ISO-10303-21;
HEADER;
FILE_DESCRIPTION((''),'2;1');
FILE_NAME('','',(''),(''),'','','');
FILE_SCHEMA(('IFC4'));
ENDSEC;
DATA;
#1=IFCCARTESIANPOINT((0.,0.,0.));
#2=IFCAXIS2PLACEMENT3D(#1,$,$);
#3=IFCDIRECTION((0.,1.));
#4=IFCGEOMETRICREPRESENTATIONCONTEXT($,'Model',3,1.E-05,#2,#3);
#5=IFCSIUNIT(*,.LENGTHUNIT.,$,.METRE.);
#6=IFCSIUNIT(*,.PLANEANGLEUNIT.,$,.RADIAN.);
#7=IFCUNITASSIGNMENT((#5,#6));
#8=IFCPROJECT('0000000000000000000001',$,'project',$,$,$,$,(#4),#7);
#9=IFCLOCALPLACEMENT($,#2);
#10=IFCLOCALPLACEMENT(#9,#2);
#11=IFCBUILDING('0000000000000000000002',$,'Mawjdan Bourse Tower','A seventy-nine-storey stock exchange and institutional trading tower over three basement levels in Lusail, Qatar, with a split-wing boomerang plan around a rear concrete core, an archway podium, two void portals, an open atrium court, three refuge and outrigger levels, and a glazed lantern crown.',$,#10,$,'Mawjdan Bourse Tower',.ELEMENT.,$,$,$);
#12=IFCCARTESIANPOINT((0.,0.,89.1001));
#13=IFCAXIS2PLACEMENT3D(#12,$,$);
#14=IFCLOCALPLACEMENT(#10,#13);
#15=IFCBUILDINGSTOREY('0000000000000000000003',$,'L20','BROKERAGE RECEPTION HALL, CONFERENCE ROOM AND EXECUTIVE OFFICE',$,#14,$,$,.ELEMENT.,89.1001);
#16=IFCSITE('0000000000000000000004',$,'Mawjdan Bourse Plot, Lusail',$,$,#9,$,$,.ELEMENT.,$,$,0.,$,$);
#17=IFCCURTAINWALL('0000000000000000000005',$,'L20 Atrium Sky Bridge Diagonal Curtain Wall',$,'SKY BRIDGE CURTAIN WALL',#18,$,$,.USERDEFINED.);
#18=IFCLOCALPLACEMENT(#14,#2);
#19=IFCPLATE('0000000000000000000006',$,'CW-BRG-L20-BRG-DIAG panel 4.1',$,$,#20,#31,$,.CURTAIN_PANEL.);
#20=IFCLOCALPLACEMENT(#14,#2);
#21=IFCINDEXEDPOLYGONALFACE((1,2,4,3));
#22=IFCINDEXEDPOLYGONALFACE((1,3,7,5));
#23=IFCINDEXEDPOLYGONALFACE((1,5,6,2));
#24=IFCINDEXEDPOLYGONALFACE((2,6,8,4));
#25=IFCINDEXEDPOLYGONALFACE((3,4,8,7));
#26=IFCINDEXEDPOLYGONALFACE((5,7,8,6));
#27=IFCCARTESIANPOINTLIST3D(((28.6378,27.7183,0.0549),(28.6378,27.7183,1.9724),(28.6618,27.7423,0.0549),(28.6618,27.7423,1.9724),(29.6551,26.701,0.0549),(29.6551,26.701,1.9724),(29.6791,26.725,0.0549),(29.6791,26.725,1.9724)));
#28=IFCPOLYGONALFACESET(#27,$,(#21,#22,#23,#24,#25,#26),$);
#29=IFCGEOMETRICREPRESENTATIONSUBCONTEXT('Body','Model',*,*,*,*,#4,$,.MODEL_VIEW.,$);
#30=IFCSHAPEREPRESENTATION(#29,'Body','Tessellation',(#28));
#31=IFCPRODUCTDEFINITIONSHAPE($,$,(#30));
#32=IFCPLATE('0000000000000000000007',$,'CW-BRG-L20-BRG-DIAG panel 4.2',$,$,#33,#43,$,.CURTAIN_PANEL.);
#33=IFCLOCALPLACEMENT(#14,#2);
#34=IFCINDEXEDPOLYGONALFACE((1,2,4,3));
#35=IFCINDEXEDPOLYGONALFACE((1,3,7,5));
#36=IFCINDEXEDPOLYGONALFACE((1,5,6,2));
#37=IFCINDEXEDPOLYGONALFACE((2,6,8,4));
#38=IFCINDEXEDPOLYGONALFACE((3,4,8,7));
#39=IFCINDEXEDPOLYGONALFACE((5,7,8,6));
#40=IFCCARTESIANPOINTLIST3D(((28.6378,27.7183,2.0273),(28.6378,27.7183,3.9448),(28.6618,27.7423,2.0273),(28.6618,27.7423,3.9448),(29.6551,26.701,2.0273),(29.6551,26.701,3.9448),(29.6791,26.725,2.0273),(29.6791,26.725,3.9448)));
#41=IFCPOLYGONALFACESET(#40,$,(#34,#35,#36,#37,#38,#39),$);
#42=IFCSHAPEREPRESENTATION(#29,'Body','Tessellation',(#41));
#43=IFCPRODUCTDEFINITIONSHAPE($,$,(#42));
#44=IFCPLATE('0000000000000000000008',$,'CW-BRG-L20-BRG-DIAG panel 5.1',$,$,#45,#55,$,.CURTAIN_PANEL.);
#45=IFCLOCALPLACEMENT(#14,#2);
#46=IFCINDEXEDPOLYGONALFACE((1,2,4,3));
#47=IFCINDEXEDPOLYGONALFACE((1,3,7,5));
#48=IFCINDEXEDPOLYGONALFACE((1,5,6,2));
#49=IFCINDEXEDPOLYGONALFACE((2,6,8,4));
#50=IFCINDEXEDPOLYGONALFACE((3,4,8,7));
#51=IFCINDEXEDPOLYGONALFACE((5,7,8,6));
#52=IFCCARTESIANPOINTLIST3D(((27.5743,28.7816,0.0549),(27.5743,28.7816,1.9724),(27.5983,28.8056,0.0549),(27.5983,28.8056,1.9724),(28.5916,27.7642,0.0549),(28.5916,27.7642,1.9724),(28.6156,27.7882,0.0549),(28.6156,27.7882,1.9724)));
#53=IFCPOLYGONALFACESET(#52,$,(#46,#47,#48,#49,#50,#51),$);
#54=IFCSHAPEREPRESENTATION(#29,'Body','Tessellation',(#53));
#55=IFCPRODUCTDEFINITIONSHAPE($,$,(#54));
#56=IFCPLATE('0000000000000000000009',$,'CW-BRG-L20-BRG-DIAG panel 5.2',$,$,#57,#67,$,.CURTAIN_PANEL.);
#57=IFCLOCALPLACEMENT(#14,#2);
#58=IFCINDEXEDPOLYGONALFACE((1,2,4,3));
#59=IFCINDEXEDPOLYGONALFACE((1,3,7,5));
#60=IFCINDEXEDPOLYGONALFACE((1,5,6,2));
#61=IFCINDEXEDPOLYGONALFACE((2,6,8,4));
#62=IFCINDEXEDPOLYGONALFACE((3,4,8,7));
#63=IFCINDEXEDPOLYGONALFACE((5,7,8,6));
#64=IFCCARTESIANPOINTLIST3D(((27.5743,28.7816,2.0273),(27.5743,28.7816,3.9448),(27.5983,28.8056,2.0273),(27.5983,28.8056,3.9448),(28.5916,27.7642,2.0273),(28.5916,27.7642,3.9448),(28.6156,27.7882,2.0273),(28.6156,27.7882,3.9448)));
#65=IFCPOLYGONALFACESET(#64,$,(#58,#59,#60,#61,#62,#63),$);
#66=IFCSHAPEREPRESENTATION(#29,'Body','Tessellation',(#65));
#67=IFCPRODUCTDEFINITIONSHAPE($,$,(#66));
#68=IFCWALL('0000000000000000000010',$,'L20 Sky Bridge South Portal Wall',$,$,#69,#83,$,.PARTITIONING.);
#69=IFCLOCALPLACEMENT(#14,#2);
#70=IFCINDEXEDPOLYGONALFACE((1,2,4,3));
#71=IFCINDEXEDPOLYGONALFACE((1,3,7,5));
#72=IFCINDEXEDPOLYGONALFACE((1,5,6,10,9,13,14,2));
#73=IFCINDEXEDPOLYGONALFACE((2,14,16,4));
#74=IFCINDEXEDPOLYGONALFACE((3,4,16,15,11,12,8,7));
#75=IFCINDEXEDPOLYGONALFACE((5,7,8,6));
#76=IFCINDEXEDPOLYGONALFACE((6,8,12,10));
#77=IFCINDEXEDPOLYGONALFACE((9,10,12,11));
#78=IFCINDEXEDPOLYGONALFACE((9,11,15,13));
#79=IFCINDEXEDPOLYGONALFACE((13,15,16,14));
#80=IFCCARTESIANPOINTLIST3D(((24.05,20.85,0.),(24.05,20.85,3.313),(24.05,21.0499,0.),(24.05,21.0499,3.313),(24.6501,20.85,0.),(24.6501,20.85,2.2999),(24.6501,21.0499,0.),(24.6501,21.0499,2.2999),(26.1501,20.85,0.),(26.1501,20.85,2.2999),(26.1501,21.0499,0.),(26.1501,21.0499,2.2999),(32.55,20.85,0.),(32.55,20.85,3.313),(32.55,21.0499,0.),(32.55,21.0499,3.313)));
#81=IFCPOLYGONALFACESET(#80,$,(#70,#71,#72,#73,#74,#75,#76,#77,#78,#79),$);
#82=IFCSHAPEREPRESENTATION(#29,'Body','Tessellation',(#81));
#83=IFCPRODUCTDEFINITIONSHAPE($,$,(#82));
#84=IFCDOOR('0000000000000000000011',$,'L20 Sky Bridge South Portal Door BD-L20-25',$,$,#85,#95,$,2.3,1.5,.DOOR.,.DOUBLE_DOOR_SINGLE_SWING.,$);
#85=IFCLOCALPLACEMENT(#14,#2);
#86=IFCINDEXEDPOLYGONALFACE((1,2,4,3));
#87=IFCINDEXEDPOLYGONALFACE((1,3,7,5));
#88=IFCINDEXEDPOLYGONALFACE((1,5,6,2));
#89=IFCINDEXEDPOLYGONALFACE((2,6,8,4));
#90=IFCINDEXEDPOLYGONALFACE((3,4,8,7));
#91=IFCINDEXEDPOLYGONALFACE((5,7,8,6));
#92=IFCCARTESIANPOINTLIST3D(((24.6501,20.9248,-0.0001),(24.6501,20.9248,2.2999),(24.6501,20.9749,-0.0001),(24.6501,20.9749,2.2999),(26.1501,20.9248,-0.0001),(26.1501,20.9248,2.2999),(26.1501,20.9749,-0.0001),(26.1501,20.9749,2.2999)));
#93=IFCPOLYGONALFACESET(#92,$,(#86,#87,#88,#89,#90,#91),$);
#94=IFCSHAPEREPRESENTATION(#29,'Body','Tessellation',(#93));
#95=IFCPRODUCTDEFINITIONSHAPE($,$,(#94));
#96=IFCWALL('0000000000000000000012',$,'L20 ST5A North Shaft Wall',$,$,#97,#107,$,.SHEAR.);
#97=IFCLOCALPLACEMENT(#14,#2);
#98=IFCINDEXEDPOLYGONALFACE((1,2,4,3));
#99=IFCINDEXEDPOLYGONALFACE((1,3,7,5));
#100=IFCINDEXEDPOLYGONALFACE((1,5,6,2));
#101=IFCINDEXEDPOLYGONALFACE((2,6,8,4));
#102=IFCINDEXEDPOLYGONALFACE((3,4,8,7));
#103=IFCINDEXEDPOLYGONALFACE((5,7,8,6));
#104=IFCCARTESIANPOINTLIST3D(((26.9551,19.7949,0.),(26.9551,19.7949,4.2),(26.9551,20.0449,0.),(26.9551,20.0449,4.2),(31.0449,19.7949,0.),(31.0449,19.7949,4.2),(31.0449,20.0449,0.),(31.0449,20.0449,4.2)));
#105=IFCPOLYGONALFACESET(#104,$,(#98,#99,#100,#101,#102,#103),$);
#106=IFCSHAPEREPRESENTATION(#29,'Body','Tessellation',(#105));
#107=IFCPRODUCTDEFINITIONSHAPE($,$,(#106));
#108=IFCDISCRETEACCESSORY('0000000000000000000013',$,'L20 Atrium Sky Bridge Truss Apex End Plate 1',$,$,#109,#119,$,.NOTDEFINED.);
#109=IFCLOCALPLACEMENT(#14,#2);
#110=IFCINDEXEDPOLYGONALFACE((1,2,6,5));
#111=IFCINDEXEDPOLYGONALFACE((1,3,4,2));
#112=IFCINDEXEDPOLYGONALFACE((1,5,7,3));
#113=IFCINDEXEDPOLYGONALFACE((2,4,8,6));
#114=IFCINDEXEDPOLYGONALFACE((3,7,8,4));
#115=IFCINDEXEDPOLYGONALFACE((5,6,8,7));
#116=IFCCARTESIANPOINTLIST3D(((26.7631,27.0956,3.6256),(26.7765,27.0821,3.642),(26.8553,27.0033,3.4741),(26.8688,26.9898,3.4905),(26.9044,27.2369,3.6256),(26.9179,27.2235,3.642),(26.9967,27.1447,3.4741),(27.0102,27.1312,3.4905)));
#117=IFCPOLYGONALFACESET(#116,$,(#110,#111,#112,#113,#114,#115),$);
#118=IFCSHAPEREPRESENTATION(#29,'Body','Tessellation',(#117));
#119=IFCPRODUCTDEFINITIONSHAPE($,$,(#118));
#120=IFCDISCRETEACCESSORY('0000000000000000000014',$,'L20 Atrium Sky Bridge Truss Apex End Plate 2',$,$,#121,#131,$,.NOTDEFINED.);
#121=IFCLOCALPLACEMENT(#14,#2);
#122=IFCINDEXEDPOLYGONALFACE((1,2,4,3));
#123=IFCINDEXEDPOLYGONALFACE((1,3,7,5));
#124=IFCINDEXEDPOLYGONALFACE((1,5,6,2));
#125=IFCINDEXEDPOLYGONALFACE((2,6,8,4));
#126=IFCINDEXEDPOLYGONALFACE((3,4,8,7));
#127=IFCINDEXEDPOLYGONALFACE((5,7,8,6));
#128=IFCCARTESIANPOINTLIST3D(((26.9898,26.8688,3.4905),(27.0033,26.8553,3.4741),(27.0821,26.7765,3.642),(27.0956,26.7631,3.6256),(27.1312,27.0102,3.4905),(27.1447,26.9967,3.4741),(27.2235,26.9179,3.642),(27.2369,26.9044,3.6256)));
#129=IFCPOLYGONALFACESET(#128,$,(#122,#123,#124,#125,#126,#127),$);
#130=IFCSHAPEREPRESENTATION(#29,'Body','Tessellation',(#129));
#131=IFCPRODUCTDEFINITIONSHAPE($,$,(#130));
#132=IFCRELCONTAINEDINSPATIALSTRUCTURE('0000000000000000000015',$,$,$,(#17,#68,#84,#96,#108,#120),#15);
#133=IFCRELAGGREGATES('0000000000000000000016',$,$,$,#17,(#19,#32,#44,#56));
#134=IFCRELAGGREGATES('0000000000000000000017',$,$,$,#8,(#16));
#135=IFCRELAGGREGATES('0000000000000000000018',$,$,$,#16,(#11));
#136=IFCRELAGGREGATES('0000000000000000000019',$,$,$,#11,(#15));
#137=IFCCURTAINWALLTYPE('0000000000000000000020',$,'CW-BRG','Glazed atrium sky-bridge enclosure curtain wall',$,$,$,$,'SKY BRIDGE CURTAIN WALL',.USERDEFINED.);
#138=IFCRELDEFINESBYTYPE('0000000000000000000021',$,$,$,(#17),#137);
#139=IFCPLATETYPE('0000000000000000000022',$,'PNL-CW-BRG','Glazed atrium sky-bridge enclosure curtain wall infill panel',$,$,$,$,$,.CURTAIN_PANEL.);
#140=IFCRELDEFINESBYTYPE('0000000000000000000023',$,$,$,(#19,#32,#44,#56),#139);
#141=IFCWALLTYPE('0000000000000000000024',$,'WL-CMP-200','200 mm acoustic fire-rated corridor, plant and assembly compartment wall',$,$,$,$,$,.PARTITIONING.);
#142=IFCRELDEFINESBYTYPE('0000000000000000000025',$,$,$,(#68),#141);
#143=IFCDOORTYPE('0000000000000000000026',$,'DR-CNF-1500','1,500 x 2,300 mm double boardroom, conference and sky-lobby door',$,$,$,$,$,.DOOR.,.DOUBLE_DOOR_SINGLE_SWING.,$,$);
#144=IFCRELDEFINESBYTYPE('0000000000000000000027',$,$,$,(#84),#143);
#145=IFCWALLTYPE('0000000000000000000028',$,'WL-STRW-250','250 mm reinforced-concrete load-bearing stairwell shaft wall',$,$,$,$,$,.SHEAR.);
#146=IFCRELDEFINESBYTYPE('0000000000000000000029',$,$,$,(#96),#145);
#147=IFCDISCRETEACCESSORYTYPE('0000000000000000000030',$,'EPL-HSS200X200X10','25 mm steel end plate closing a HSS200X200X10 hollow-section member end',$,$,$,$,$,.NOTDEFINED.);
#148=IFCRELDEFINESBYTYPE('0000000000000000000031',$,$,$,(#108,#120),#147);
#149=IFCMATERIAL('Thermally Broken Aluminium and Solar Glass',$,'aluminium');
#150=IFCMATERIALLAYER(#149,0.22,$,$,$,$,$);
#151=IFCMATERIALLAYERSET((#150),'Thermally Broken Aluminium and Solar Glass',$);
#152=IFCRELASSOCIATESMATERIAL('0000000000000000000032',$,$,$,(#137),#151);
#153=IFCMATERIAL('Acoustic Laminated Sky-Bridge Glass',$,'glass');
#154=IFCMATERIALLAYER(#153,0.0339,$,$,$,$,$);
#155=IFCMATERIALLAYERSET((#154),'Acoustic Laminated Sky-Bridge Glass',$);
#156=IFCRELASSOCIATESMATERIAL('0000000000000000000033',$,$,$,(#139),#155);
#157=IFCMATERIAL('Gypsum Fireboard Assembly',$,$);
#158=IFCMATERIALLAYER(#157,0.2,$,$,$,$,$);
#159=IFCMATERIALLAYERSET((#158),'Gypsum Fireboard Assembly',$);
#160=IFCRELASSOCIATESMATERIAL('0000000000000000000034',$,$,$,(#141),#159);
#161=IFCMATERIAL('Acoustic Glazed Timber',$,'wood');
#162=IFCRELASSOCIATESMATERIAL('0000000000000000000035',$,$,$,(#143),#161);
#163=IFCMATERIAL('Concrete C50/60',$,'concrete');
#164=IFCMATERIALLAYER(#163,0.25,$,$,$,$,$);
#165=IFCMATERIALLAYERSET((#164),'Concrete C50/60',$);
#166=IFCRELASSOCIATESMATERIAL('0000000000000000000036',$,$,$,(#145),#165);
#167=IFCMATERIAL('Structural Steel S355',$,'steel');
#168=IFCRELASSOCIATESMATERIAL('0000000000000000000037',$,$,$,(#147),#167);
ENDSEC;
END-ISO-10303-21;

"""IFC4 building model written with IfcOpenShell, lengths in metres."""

from ifc_helpers import new_model, si_unit, direction, frame, frame_2d, origin, origin_2d, place, context, subcontext, project, spatial, rectangle, extrude, material, layer, layer_set, material_profile, profile_set, type_object, element, fill, aggregate, save


model = new_model("IFC4")

# Units and contexts
model_context = context("Model", 3, precision=1e-05, world=origin(), true_north=direction((0.0, 1.0)))
body_context = subcontext(model_context, "Body", "Model", "MODEL_VIEW")
ifc_project = project(units=[si_unit("LENGTHUNIT", "METRE"), si_unit("PLANEANGLEUNIT", "RADIAN")], contexts=[model_context])

# Site, building, storey
site_placement = place(None, origin())
site = spatial("IfcSite", under=ifc_project, at=site_placement, Name="Mawjdan Bourse Plot, Lusail", CompositionType="ELEMENT", RefElevation=0.0)
building_placement = place(site_placement, origin())
building = spatial("IfcBuilding", under=site, at=building_placement, Name="Mawjdan Bourse Tower", Description="A seventy-nine-storey stock exchange and institutional trading tower over three basement levels in Lusail, Qatar, with a split-wing boomerang plan around a rear concrete core, an archway podium, two void portals, an open atrium court, three refuge and outrigger levels, and a glazed lantern crown.", LongName="Mawjdan Bourse Tower", CompositionType="ELEMENT")
storey_placement = place(building_placement, frame((0.0, 0.0, 89.1001)))
storey = spatial("IfcBuildingStorey", under=building, at=storey_placement, Name="L20", Description="BROKERAGE RECEPTION HALL, CONFERENCE ROOM AND EXECUTIVE OFFICE", CompositionType="ELEMENT", Elevation=89.1001)

# Shared definitions
ifc_material_1 = material(Name="Structural Steel S355", Category="steel")

# Curtain wall
ifc_material_2 = material(Name="Thermally Broken Aluminium and Solar Glass", Category="aluminium")
ifc_layer_1 = layer(ifc_material_2, 0.22)
ifc_layer_set_1 = layer_set([ifc_layer_1], Name="Thermally Broken Aluminium and Solar Glass")
curtain_wall_type = type_object("IfcCurtainWallType", Name="CW-BRG", Description="Glazed atrium sky-bridge enclosure curtain wall", ElementType="SKY BRIDGE CURTAIN WALL", PredefinedType="USERDEFINED", material=ifc_layer_set_1)
curtain_wall_placement = place(storey_placement, origin())
curtain_wall = element("IfcCurtainWall", 1, at=curtain_wall_placement, inside=storey, type_object=curtain_wall_type, Name="L20 Atrium Sky Bridge Diagonal Curtain Wall", ObjectType="SKY BRIDGE CURTAIN WALL", PredefinedType="USERDEFINED")

# Plates
ifc_material_3 = material(Name="Acoustic Laminated Sky-Bridge Glass", Category="glass")
ifc_layer_2 = layer(ifc_material_3, 0.0339)
ifc_layer_set_2 = layer_set([ifc_layer_2], Name="Acoustic Laminated Sky-Bridge Glass")
plate_type = type_object("IfcPlateType", Name="PNL-CW-BRG", Description="Glazed atrium sky-bridge enclosure curtain wall infill panel", PredefinedType="CURTAIN_PANEL", material=ifc_layer_set_2)
plate_1_placement = place(storey_placement, frame((29.1584, 27.2217, 0.0549), z_axis=(0.0, 0.0, 1.0), x_axis=(-0.707107, 0.707107, 0.0)))
plate_1 = element("IfcPlate", 2, at=plate_1_placement, type_object=plate_type, Name="CW-BRG-L20-BRG-DIAG panel 4.1", PredefinedType="CURTAIN_PANEL", context=body_context, shape_type="SweptSolid", body=[
    extrude(rectangle(XDim=1.4387, YDim=0.0339, at=origin_2d()), origin(), (0.0, 0.0, 1.0), 1.9175),
])
plate_2_placement = place(storey_placement, frame((29.1584, 27.2217, 2.0273), z_axis=(0.0, 0.0, 1.0), x_axis=(-0.707107, 0.707107, 0.0)))
plate_2 = element("IfcPlate", 3, at=plate_2_placement, type_object=plate_type, Name="CW-BRG-L20-BRG-DIAG panel 4.2", PredefinedType="CURTAIN_PANEL", context=body_context, shape_type="SweptSolid", body=[
    extrude(rectangle(XDim=1.4387, YDim=0.0339, at=origin_2d()), origin(), (0.0, 0.0, 1.0), 1.9175),
])
plate_3_placement = place(storey_placement, frame((28.095, 28.2849, 0.0549), z_axis=(0.0, 0.0, 1.0), x_axis=(-0.707107, 0.707107, 0.0)))
plate_3 = element("IfcPlate", 4, at=plate_3_placement, type_object=plate_type, Name="CW-BRG-L20-BRG-DIAG panel 5.1", PredefinedType="CURTAIN_PANEL", context=body_context, shape_type="SweptSolid", body=[
    extrude(rectangle(XDim=1.4387, YDim=0.0339, at=origin_2d()), origin(), (0.0, 0.0, 1.0), 1.9175),
])
plate_4_placement = place(storey_placement, frame((28.095, 28.2849, 2.0273), z_axis=(0.0, 0.0, 1.0), x_axis=(-0.707107, 0.707107, 0.0)))
plate_4 = element("IfcPlate", 5, at=plate_4_placement, type_object=plate_type, Name="CW-BRG-L20-BRG-DIAG panel 5.2", PredefinedType="CURTAIN_PANEL", context=body_context, shape_type="SweptSolid", body=[
    extrude(rectangle(XDim=1.4387, YDim=0.0339, at=origin_2d()), origin(), (0.0, 0.0, 1.0), 1.9175),
])
aggregate(curtain_wall, [plate_1, plate_2, plate_3, plate_4])

# Wall, opening, door
ifc_material_4 = material(Name="Gypsum Fireboard Assembly")
ifc_layer_3 = layer(ifc_material_4, 0.2)
ifc_layer_set_3 = layer_set([ifc_layer_3], Name="Gypsum Fireboard Assembly")
wall_type_1 = type_object("IfcWallType", Name="WL-CMP-200", Description="200 mm acoustic fire-rated corridor, plant and assembly compartment wall", PredefinedType="PARTITIONING", material=ifc_layer_set_3)
wall_1_placement = place(storey_placement, frame((24.05, 20.95, 0.0), z_axis=(0.0, 0.0, 1.0), x_axis=(1.0, 0.0, 0.0)))
wall_1 = element("IfcWall", 6, at=wall_1_placement, inside=storey, type_object=wall_type_1, Name="L20 Sky Bridge South Portal Wall", PredefinedType="PARTITIONING", context=body_context, shape_type="SweptSolid", body=[
    extrude(rectangle(XDim=8.5, YDim=0.2, at=frame_2d((4.25, 0.0))), origin(), (0.0, 0.0, 1.0), 3.313),
])
opening_placement = place(wall_1_placement, frame((0.6001, 0.0, 0.0)))
opening = element("IfcOpeningElement", 7, at=opening_placement, cuts=wall_1, PredefinedType="OPENING", context=body_context, shape_type="SweptSolid", body=[
    extrude(rectangle(XDim=1.5, YDim=2.3, at=frame_2d((0.75, 1.1499))), frame((0.0, 0.1099, 0.0), z_axis=(0.0, -1.0, 0.0), x_axis=(1.0, 0.0, 0.0)), (0.0, 0.0, 1.0), 0.22),
])
ifc_material_5 = material(Name="Acoustic Glazed Timber", Category="wood")
door_type = type_object("IfcDoorType", Name="DR-CNF-1500", Description="1,500 x 2,300 mm double boardroom, conference and sky-lobby door", OperationType="DOUBLE_DOOR_SINGLE_SWING", PredefinedType="DOOR", material=ifc_material_5)
door_placement = place(opening_placement, origin())
door = element("IfcDoor", 8, at=door_placement, inside=storey, type_object=door_type, Name="L20 Sky Bridge South Portal Door BD-L20-25", OperationType="DOUBLE_DOOR_SINGLE_SWING", OverallHeight=2.3, OverallWidth=1.5, PredefinedType="DOOR", context=body_context, shape_type="SweptSolid", body=[
    extrude(rectangle(XDim=1.5, YDim=2.3, at=frame_2d((0.75, 1.1499))), frame((0.0, 0.0249, 0.0), z_axis=(0.0, -1.0, 0.0), x_axis=(1.0, 0.0, 0.0)), (0.0, 0.0, 1.0), 0.05),
])
fill(opening, door)

# Wall
ifc_material_6 = material(Name="Concrete C50/60", Category="concrete")
ifc_layer_4 = layer(ifc_material_6, 0.25)
ifc_layer_set_4 = layer_set([ifc_layer_4], Name="Concrete C50/60")
wall_type_2 = type_object("IfcWallType", Name="WL-STRW-250", Description="250 mm reinforced-concrete load-bearing stairwell shaft wall", PredefinedType="SHEAR", material=ifc_layer_set_4)
wall_2_placement = place(storey_placement, frame((26.9551, 19.9199, 0.0), z_axis=(0.0, 0.0, 1.0), x_axis=(1.0, 0.0, 0.0)))
element("IfcWall", 9, at=wall_2_placement, inside=storey, type_object=wall_type_2, Name="L20 ST5A North Shaft Wall", PredefinedType="SHEAR", context=body_context, shape_type="SweptSolid", body=[
    extrude(rectangle(XDim=4.0898, YDim=0.25, at=frame_2d((2.0449, 0.0))), origin(), (0.0, 0.0, 1.0), 4.2),
])

# Discrete accessories
ifc_material_profile_1 = material_profile(ifc_material_1, rectangle(XDim=0.2, YDim=0.2, at=origin_2d()), Name="EPL-HSS200X200X10")
ifc_profile_set_1 = profile_set([ifc_material_profile_1], Name="Structural Steel S355")
discrete_accessory_type = type_object("IfcDiscreteAccessoryType", Name="EPL-HSS200X200X10", Description="25 mm steel end plate closing a HSS200X200X10 hollow-section member end", PredefinedType="NOTDEFINED", material=ifc_profile_set_1)
for number, where, z_axis, x_axis, name in (
    (10, (26.8799, 27.1201, 3.5498), (0.535751, -0.535751, 0.652642), (0.707107, 0.707107, 0.0), "L20 Atrium Sky Bridge Truss Apex End Plate 1"),
    (11, (27.1201, 26.8799, 3.5498), (-0.535751, 0.535751, 0.652642), (-0.707107, -0.707107, 0.0), "L20 Atrium Sky Bridge Truss Apex End Plate 2"),
):
    element("IfcDiscreteAccessory", number, at=place(storey_placement, frame(where, z_axis=z_axis, x_axis=x_axis)), inside=storey, type_object=discrete_accessory_type, Name=name, PredefinedType="NOTDEFINED", context=body_context, shape_type="SweptSolid", body=[
        extrude(rectangle(XDim=0.2, YDim=0.2, at=origin_2d()), origin(), (0.0, 0.0, 1.0), 0.0251),
    ])

save(model, "model.ifc")
